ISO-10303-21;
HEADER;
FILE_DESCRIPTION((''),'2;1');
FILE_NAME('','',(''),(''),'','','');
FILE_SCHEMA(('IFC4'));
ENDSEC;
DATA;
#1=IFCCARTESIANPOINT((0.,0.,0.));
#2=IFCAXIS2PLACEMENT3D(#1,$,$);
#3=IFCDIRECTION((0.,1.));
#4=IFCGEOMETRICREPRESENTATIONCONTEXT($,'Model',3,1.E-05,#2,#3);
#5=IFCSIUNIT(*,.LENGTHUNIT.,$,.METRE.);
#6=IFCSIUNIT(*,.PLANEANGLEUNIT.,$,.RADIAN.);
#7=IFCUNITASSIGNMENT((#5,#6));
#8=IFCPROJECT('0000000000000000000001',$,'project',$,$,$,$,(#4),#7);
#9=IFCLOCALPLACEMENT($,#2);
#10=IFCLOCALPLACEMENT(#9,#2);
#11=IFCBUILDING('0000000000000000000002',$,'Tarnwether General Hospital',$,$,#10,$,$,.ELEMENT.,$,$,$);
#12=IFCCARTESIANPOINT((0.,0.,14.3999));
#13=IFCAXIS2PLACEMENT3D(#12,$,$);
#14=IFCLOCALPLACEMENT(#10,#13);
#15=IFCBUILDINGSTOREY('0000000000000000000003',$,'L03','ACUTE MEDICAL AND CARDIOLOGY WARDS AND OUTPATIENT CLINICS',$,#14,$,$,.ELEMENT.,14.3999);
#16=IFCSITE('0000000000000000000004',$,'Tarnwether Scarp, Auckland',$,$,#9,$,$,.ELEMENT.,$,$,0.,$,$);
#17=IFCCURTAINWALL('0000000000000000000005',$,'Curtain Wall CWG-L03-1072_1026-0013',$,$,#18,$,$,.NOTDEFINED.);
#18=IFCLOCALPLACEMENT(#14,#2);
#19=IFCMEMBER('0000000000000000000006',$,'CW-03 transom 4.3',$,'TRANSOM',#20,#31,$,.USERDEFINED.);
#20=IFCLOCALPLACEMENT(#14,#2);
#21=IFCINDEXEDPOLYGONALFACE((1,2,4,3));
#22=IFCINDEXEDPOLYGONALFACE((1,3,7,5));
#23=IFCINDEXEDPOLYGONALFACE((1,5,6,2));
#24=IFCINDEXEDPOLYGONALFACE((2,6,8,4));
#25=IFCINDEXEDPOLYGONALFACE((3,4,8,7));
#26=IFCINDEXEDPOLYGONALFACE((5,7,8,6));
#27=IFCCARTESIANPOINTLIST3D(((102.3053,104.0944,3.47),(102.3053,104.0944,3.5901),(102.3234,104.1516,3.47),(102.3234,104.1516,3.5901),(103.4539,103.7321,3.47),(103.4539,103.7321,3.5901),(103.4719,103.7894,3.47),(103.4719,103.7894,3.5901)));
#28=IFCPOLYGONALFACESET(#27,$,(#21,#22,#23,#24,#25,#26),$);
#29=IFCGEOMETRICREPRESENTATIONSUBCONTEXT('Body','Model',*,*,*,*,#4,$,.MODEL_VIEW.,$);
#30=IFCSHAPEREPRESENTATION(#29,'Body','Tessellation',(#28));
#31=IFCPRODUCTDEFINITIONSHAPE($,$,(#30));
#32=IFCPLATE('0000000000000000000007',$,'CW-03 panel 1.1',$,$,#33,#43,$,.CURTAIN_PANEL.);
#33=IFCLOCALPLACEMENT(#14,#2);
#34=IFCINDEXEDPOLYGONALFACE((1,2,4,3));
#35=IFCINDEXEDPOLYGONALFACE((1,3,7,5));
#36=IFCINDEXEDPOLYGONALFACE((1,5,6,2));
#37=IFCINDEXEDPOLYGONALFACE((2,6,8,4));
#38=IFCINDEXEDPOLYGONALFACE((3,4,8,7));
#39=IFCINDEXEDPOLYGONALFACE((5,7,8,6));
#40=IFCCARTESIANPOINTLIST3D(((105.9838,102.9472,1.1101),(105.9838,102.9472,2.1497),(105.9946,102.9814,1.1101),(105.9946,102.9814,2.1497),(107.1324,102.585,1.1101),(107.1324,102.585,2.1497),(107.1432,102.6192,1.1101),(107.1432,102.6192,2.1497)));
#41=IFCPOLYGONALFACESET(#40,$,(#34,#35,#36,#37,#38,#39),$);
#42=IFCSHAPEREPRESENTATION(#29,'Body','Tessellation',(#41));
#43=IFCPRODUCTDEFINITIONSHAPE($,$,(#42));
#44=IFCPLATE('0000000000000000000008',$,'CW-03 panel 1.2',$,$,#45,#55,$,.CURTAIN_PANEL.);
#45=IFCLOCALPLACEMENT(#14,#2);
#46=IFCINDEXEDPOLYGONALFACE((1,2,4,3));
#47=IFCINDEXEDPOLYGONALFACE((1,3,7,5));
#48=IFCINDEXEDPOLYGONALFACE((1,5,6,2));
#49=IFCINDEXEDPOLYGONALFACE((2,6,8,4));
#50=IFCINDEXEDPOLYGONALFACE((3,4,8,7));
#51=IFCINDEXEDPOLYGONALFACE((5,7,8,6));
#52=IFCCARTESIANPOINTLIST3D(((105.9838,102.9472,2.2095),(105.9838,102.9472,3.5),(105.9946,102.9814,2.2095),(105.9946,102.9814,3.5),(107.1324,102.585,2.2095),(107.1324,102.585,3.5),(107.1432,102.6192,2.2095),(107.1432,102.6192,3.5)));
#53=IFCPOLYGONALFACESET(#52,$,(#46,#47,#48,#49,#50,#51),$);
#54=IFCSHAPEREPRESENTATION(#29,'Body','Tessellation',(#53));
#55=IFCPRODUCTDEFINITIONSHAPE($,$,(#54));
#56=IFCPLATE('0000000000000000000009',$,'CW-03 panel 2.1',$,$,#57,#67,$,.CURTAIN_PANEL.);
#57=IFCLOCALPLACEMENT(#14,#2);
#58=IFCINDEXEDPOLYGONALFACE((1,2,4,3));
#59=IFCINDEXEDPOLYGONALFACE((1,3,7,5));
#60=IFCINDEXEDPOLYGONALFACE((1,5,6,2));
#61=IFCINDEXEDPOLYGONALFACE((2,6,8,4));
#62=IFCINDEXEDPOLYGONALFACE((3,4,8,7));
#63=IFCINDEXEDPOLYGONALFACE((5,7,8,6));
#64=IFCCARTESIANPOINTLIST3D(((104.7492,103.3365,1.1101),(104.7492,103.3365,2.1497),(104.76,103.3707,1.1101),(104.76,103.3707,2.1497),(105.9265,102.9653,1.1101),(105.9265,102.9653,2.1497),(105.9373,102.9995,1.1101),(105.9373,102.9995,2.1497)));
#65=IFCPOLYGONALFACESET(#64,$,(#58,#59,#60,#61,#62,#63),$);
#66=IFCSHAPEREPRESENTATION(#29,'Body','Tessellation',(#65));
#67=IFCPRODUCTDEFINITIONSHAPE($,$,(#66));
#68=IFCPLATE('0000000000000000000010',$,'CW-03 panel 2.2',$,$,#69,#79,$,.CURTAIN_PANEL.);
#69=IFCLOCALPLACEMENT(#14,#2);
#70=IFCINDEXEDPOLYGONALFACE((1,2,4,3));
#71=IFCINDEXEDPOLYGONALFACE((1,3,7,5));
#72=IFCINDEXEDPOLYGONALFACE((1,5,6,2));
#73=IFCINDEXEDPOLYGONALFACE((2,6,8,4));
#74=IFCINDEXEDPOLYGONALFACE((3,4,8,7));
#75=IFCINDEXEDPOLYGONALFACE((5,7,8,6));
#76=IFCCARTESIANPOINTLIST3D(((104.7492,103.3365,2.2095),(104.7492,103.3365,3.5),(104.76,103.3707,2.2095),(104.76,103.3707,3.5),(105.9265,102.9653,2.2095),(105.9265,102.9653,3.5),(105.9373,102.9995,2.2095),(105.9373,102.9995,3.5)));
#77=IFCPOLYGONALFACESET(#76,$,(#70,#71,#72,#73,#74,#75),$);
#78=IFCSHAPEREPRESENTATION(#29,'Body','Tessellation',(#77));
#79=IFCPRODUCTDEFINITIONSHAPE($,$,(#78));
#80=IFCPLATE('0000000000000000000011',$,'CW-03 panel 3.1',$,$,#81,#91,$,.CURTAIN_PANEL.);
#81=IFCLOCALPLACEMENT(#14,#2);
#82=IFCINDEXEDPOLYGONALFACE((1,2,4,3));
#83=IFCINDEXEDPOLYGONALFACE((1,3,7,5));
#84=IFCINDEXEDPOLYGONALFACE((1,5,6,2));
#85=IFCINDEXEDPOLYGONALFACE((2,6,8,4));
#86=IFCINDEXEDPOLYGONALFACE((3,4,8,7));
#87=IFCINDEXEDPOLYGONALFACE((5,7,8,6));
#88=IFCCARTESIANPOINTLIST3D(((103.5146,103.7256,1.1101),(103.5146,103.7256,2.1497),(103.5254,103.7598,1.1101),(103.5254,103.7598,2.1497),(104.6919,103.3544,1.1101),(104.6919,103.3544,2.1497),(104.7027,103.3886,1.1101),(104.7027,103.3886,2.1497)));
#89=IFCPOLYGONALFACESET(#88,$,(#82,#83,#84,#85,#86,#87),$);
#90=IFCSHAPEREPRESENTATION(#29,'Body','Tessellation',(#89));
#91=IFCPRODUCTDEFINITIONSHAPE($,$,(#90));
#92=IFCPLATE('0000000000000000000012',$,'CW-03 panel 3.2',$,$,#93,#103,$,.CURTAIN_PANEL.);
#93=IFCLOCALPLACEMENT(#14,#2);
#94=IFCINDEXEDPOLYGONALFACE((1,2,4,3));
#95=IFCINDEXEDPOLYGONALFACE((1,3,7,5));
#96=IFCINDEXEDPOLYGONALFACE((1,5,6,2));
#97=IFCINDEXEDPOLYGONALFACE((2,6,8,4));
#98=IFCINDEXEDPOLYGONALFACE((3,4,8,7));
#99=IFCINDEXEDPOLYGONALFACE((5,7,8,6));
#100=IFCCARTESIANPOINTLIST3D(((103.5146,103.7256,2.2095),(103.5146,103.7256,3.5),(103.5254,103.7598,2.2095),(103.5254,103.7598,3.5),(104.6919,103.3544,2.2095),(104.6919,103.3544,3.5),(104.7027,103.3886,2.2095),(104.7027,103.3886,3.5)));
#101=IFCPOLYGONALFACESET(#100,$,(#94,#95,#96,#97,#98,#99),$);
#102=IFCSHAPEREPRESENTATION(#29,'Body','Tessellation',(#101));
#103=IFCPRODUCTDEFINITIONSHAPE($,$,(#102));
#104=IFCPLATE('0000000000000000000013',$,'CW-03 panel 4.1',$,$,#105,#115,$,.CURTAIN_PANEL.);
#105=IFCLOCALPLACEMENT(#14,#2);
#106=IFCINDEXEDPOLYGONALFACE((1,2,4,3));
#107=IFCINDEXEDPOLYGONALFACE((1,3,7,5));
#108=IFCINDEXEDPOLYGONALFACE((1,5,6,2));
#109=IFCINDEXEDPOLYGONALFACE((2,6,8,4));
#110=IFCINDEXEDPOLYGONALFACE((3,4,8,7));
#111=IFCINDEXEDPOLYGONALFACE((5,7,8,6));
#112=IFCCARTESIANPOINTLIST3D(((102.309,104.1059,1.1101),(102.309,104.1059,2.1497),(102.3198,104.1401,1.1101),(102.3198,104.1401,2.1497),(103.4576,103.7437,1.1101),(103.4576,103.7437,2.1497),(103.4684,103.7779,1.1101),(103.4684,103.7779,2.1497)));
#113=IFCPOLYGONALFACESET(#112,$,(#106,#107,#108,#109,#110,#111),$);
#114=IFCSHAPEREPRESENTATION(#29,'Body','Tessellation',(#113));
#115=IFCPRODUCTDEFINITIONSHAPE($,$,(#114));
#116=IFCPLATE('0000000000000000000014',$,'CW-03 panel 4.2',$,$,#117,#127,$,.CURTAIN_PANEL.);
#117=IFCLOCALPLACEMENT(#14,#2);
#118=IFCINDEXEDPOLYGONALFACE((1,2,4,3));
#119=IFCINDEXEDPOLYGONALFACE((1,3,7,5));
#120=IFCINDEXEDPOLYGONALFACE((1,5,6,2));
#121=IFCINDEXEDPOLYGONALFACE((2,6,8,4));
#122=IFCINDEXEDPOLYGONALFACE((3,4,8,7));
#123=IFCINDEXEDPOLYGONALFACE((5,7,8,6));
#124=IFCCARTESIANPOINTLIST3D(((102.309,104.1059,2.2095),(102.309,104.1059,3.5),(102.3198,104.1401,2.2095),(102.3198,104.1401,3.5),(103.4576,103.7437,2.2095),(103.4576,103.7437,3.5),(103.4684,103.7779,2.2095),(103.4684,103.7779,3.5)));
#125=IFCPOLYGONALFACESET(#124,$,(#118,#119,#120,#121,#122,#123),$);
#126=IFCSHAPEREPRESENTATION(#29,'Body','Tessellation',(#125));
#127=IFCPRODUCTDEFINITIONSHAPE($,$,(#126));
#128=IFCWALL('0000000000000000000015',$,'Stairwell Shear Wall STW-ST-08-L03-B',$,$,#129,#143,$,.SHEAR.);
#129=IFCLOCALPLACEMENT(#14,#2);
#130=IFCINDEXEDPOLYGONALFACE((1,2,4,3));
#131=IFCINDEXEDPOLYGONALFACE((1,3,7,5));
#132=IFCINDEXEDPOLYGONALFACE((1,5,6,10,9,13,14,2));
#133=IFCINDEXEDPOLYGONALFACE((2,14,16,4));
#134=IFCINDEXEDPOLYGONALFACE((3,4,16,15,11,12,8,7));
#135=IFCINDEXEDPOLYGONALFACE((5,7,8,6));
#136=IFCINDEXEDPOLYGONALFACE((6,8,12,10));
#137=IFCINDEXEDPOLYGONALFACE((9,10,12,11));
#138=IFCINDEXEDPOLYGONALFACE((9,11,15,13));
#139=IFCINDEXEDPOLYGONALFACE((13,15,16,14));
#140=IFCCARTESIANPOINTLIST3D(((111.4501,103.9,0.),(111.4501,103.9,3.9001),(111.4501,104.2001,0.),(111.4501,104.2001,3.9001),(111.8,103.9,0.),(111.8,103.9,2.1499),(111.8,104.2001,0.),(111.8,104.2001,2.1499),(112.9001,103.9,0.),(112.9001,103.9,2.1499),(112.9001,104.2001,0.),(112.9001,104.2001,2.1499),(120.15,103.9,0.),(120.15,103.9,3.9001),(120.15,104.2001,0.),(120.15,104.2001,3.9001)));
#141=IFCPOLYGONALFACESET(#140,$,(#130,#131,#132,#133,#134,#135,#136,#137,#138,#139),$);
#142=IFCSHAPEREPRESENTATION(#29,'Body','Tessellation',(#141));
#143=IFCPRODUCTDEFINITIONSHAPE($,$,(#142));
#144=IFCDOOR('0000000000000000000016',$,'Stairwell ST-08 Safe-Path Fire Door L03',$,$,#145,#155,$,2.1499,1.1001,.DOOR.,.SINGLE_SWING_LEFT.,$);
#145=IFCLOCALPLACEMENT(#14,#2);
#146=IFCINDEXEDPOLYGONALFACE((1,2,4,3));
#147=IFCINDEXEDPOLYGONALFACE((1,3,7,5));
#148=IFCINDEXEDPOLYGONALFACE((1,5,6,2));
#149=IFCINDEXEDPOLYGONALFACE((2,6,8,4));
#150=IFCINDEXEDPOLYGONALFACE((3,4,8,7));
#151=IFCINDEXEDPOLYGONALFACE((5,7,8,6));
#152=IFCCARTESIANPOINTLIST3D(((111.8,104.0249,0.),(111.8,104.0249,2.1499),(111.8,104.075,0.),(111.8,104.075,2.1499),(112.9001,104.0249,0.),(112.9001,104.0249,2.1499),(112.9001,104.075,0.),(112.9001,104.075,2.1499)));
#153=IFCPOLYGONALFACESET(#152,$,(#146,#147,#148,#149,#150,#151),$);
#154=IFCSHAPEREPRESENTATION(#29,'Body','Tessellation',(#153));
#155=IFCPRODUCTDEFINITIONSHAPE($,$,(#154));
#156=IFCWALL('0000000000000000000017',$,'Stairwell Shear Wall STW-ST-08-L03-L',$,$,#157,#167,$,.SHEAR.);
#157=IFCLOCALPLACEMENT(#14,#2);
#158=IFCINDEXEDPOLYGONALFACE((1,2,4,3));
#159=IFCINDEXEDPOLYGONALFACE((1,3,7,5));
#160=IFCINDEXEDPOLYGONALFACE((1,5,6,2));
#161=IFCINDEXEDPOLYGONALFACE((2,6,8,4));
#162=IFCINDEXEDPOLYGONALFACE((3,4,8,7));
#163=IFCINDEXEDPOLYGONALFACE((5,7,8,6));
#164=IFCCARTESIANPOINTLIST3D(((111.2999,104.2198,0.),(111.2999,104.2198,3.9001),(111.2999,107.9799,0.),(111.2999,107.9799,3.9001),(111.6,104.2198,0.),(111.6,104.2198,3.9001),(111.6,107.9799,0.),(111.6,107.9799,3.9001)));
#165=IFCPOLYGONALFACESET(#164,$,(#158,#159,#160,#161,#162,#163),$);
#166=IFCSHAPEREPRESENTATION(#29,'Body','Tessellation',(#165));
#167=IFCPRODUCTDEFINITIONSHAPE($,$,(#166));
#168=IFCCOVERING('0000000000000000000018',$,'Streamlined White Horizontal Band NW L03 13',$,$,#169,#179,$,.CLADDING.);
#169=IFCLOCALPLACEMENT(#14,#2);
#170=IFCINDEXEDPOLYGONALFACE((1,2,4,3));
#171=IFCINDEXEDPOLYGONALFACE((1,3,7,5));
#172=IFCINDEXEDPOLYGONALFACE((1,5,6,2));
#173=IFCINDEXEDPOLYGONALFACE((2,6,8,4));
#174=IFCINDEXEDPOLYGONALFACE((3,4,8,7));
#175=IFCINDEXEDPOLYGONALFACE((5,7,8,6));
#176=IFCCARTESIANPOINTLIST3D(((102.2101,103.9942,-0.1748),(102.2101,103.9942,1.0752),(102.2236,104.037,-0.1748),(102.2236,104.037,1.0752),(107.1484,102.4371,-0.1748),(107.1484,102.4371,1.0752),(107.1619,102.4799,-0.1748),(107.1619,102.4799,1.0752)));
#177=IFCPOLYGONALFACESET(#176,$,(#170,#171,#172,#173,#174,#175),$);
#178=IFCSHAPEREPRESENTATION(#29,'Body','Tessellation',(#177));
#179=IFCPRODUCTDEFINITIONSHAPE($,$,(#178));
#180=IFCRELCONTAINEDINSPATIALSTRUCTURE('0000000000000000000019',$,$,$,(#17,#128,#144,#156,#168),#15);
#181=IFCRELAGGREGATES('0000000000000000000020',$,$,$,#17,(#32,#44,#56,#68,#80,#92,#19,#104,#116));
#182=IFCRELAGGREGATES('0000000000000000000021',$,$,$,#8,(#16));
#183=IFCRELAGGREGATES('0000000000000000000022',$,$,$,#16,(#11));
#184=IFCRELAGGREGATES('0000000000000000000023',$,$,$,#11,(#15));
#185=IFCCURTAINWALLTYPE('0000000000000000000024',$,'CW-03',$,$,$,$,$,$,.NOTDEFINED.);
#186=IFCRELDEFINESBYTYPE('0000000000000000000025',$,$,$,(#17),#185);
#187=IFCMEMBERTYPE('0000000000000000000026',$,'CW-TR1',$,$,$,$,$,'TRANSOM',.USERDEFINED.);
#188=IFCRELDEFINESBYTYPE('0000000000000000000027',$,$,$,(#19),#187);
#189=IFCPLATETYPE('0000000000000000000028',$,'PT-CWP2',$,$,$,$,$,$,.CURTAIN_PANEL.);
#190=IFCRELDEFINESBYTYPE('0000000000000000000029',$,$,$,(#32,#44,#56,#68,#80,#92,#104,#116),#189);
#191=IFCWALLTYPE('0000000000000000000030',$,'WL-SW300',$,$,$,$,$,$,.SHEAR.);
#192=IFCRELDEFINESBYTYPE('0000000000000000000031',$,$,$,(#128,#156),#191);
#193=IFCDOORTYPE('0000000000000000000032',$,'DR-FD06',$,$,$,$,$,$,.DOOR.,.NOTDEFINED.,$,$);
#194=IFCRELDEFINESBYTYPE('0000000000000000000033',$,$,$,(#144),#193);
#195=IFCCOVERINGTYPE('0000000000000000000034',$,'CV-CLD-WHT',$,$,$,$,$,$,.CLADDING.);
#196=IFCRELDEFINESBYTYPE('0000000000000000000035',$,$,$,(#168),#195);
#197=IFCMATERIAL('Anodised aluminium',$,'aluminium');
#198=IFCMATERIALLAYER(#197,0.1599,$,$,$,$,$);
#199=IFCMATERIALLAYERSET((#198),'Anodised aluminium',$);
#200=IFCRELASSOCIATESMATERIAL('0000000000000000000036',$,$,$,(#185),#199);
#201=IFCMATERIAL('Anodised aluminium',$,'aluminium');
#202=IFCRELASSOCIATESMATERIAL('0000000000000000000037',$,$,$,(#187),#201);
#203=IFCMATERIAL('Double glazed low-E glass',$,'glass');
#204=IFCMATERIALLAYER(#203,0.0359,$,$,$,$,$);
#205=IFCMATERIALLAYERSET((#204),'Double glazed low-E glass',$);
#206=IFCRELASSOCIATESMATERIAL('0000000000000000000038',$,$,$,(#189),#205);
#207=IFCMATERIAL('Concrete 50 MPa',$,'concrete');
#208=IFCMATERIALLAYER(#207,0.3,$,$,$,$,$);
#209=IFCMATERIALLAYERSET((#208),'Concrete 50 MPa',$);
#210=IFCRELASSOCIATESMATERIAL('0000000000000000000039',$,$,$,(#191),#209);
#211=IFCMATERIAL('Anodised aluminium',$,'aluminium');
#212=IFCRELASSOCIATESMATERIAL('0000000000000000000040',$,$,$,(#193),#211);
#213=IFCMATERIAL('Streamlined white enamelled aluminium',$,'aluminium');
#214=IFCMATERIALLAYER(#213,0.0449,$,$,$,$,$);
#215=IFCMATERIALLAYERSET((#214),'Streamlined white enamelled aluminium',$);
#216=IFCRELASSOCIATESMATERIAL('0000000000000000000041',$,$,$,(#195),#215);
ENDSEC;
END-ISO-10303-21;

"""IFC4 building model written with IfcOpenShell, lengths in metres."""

from ifc_helpers import new_model, si_unit, direction, frame, frame_2d, origin, origin_2d, place, context, subcontext, project, spatial, rectangle, extrude, material, layer, layer_set, material_profile, profile_set, type_object, element, fill, aggregate, save


model = new_model("IFC4")

# Units and contexts
model_context = context("Model", 3, precision=1e-05, world=origin(), true_north=direction((0.0, 1.0)))
body_context = subcontext(model_context, "Body", "Model", "MODEL_VIEW")
ifc_project = project(units=[si_unit("LENGTHUNIT", "METRE"), si_unit("PLANEANGLEUNIT", "RADIAN")], contexts=[model_context])

# Site, building, storey
site_placement = place(None, origin())
site = spatial("IfcSite", under=ifc_project, at=site_placement, Name="Tarnwether Scarp, Auckland", CompositionType="ELEMENT", RefElevation=0.0)
building_placement = place(site_placement, origin())
building = spatial("IfcBuilding", under=site, at=building_placement, Name="Tarnwether General Hospital", CompositionType="ELEMENT")
storey_placement = place(building_placement, frame((0.0, 0.0, 14.3999)))
storey = spatial("IfcBuildingStorey", under=building, at=storey_placement, Name="L03", Description="ACUTE MEDICAL AND CARDIOLOGY WARDS AND OUTPATIENT CLINICS", CompositionType="ELEMENT", Elevation=14.3999)

# Curtain wall, member, plates
ifc_material_1 = material(Name="Anodised aluminium", Category="aluminium")
ifc_layer_1 = layer(ifc_material_1, 0.1599)
ifc_layer_set_1 = layer_set([ifc_layer_1], Name="Anodised aluminium")
curtain_wall_type = type_object("IfcCurtainWallType", Name="CW-03", PredefinedType="NOTDEFINED", material=ifc_layer_set_1)
curtain_wall_placement = place(storey_placement, origin())
curtain_wall = element("IfcCurtainWall", 1, at=curtain_wall_placement, inside=storey, type_object=curtain_wall_type, Name="Curtain Wall CWG-L03-1072_1026-0013", PredefinedType="NOTDEFINED")
ifc_material_2 = material(Name="Anodised aluminium", Category="aluminium")
ifc_material_profile_1 = material_profile(ifc_material_2, rectangle(XDim=0.0601, YDim=0.1201, at=origin_2d()), Name="ALU-TRN-60x120")
ifc_profile_set_1 = profile_set([ifc_material_profile_1], Name="Anodised aluminium")
member_type_1 = type_object("IfcMemberType", Name="CW-TR1", ElementType="TRANSOM", PredefinedType="USERDEFINED", material=ifc_profile_set_1)
member_1_placement = place(storey_placement, frame((103.4629, 103.7607, 3.53), z_axis=(-0.953687, 0.300802, 0.0), x_axis=(-0.300802, -0.953687, 0.0)))
member_1 = element("IfcMember", 2, at=member_1_placement, type_object=member_type_1, Name="CW-03 transom 4.3", ObjectType="TRANSOM", PredefinedType="USERDEFINED", context=body_context, shape_type="SweptSolid", body=[
    extrude(rectangle(XDim=0.0601, YDim=0.1201, at=origin_2d()), origin(), (0.0, 0.0, 1.0), 1.2043),
])
ifc_material_3 = material(Name="Double glazed low-E glass", Category="glass")
ifc_layer_2 = layer(ifc_material_3, 0.0359)
ifc_layer_set_2 = layer_set([ifc_layer_2], Name="Double glazed low-E glass")
plate_type = type_object("IfcPlateType", Name="PT-CWP2", PredefinedType="CURTAIN_PANEL", material=ifc_layer_set_2)
plate_1_placement = place(storey_placement, frame((106.5635, 102.7832, 1.1101), z_axis=(0.0, 0.0, 1.0), x_axis=(-0.953714, 0.300715, 0.0)))
plate_1 = element("IfcPlate", 3, at=plate_1_placement, type_object=plate_type, Name="CW-03 panel 1.1", PredefinedType="CURTAIN_PANEL", context=body_context, shape_type="SweptSolid", body=[
    extrude(rectangle(XDim=1.2043, YDim=0.0359, at=origin_2d()), origin(), (0.0, 0.0, 1.0), 1.0396),
])
plate_2_placement = place(storey_placement, frame((106.5635, 102.7832, 2.2095), z_axis=(0.0, 0.0, 1.0), x_axis=(-0.953714, 0.300715, 0.0)))
plate_2 = element("IfcPlate", 4, at=plate_2_placement, type_object=plate_type, Name="CW-03 panel 1.2", PredefinedType="CURTAIN_PANEL", context=body_context, shape_type="SweptSolid", body=[
    extrude(rectangle(XDim=1.2043, YDim=0.0359, at=origin_2d()), origin(), (0.0, 0.0, 1.0), 1.2905),
])
plate_3_placement = place(storey_placement, frame((105.3433, 103.168, 1.1101), z_axis=(0.0, 0.0, 1.0), x_axis=(-0.953714, 0.300715, 0.0)))
plate_3 = element("IfcPlate", 5, at=plate_3_placement, type_object=plate_type, Name="CW-03 panel 2.1", PredefinedType="CURTAIN_PANEL", context=body_context, shape_type="SweptSolid", body=[
    extrude(rectangle(XDim=1.2344, YDim=0.0359, at=origin_2d()), origin(), (0.0, 0.0, 1.0), 1.0396),
])
plate_4_placement = place(storey_placement, frame((105.3433, 103.168, 2.2095), z_axis=(0.0, 0.0, 1.0), x_axis=(-0.953714, 0.300715, 0.0)))
plate_4 = element("IfcPlate", 6, at=plate_4_placement, type_object=plate_type, Name="CW-03 panel 2.2", PredefinedType="CURTAIN_PANEL", context=body_context, shape_type="SweptSolid", body=[
    extrude(rectangle(XDim=1.2344, YDim=0.0359, at=origin_2d()), origin(), (0.0, 0.0, 1.0), 1.2905),
])
plate_5_placement = place(storey_placement, frame((104.1086, 103.5571, 1.1101), z_axis=(0.0, 0.0, 1.0), x_axis=(-0.953714, 0.300715, 0.0)))
plate_5 = element("IfcPlate", 7, at=plate_5_placement, type_object=plate_type, Name="CW-03 panel 3.1", PredefinedType="CURTAIN_PANEL", context=body_context, shape_type="SweptSolid", body=[
    extrude(rectangle(XDim=1.2344, YDim=0.0359, at=origin_2d()), origin(), (0.0, 0.0, 1.0), 1.0396),
])
plate_6_placement = place(storey_placement, frame((104.1086, 103.5571, 2.2095), z_axis=(0.0, 0.0, 1.0), x_axis=(-0.953714, 0.300715, 0.0)))
plate_6 = element("IfcPlate", 8, at=plate_6_placement, type_object=plate_type, Name="CW-03 panel 3.2", PredefinedType="CURTAIN_PANEL", context=body_context, shape_type="SweptSolid", body=[
    extrude(rectangle(XDim=1.2344, YDim=0.0359, at=origin_2d()), origin(), (0.0, 0.0, 1.0), 1.2905),
])
plate_7_placement = place(storey_placement, frame((102.8887, 103.9419, 1.1101), z_axis=(0.0, 0.0, 1.0), x_axis=(-0.953714, 0.300715, 0.0)))
plate_7 = element("IfcPlate", 9, at=plate_7_placement, type_object=plate_type, Name="CW-03 panel 4.1", PredefinedType="CURTAIN_PANEL", context=body_context, shape_type="SweptSolid", body=[
    extrude(rectangle(XDim=1.2043, YDim=0.0359, at=origin_2d()), origin(), (0.0, 0.0, 1.0), 1.0396),
])
plate_8_placement = place(storey_placement, frame((102.8887, 103.9419, 2.2095), z_axis=(0.0, 0.0, 1.0), x_axis=(-0.953714, 0.300715, 0.0)))
plate_8 = element("IfcPlate", 10, at=plate_8_placement, type_object=plate_type, Name="CW-03 panel 4.2", PredefinedType="CURTAIN_PANEL", context=body_context, shape_type="SweptSolid", body=[
    extrude(rectangle(XDim=1.2043, YDim=0.0359, at=origin_2d()), origin(), (0.0, 0.0, 1.0), 1.2905),
])
aggregate(curtain_wall, [plate_1, plate_2, plate_3, plate_4, plate_5, plate_6, member_1, plate_7, plate_8])

# Wall, opening, door
ifc_material_4 = material(Name="Concrete 50 MPa", Category="concrete")
ifc_layer_3 = layer(ifc_material_4, 0.3)
ifc_layer_set_3 = layer_set([ifc_layer_3], Name="Concrete 50 MPa")
wall_type = type_object("IfcWallType", Name="WL-SW300", PredefinedType="SHEAR", material=ifc_layer_set_3)
wall_1_placement = place(storey_placement, frame((111.45, 104.05, 0.0), z_axis=(0.0, 0.0, 1.0), x_axis=(1.0, 0.0, 0.0)))
wall_1 = element("IfcWall", 11, at=wall_1_placement, inside=storey, type_object=wall_type, Name="Stairwell Shear Wall STW-ST-08-L03-B", PredefinedType="SHEAR", context=body_context, shape_type="SweptSolid", body=[
    extrude(rectangle(XDim=8.7, YDim=0.3, at=frame_2d((4.3501, 0.0))), origin(), (0.0, 0.0, 1.0), 3.9001),
])
opening_placement = place(wall_1_placement, frame((0.3501, 0.0, 0.0)))
opening = element("IfcOpeningElement", 12, at=opening_placement, cuts=wall_1, PredefinedType="OPENING", context=body_context, shape_type="SweptSolid", body=[
    extrude(rectangle(XDim=1.1001, YDim=2.1499, at=frame_2d((0.55, 1.075))), frame((0.0, 0.1602, 0.0), z_axis=(0.0, -1.0, 0.0), x_axis=(1.0, 0.0, 0.0)), (0.0, 0.0, 1.0), 0.3201),
])
ifc_material_5 = material(Name="Anodised aluminium", Category="aluminium")
door_type = type_object("IfcDoorType", Name="DR-FD06", OperationType="NOTDEFINED", PredefinedType="DOOR", material=ifc_material_5)
door_placement = place(opening_placement, origin())
door = element("IfcDoor", 13, at=door_placement, inside=storey, type_object=door_type, Name="Stairwell ST-08 Safe-Path Fire Door L03", OperationType="SINGLE_SWING_LEFT", OverallHeight=2.1499, OverallWidth=1.1001, PredefinedType="DOOR", context=body_context, shape_type="SweptSolid", body=[
    extrude(rectangle(XDim=1.1001, YDim=2.1499, at=frame_2d((0.55, 1.075))), frame((0.0, 0.0249, 0.0), z_axis=(0.0, -1.0, 0.0), x_axis=(1.0, 0.0, 0.0)), (0.0, 0.0, 1.0), 0.05),
])
fill(opening, door)

# Wall
wall_2_placement = place(storey_placement, frame((111.45, 104.22, 0.0), z_axis=(0.0, 0.0, 1.0), x_axis=(0.0, 1.0, 0.0)))
element("IfcWall", 14, at=wall_2_placement, inside=storey, type_object=wall_type, Name="Stairwell Shear Wall STW-ST-08-L03-L", PredefinedType="SHEAR", context=body_context, shape_type="SweptSolid", body=[
    extrude(rectangle(XDim=3.76, YDim=0.3, at=frame_2d((1.8799, 0.0))), origin(), (0.0, 0.0, 1.0), 3.9001),
])

# Covering
ifc_material_6 = material(Name="Streamlined white enamelled aluminium", Category="aluminium")
ifc_layer_4 = layer(ifc_material_6, 0.0449)
ifc_layer_set_4 = layer_set([ifc_layer_4], Name="Streamlined white enamelled aluminium")
covering_type = type_object("IfcCoveringType", Name="CV-CLD-WHT", PredefinedType="CLADDING", material=ifc_layer_set_4)
covering_placement = place(storey_placement, frame((104.686, 103.2371, -0.1748), z_axis=(0.0, 0.0, 1.0), x_axis=(-0.953712, 0.300722, 0.0)))
element("IfcCovering", 15, at=covering_placement, inside=storey, type_object=covering_type, Name="Streamlined White Horizontal Band NW L03 13", PredefinedType="CLADDING", context=body_context, shape_type="SweptSolid", body=[
    extrude(rectangle(XDim=5.178, YDim=0.0449, at=origin_2d()), origin(), (0.0, 0.0, 1.0), 1.25),
])

save(model, "model.ifc")
